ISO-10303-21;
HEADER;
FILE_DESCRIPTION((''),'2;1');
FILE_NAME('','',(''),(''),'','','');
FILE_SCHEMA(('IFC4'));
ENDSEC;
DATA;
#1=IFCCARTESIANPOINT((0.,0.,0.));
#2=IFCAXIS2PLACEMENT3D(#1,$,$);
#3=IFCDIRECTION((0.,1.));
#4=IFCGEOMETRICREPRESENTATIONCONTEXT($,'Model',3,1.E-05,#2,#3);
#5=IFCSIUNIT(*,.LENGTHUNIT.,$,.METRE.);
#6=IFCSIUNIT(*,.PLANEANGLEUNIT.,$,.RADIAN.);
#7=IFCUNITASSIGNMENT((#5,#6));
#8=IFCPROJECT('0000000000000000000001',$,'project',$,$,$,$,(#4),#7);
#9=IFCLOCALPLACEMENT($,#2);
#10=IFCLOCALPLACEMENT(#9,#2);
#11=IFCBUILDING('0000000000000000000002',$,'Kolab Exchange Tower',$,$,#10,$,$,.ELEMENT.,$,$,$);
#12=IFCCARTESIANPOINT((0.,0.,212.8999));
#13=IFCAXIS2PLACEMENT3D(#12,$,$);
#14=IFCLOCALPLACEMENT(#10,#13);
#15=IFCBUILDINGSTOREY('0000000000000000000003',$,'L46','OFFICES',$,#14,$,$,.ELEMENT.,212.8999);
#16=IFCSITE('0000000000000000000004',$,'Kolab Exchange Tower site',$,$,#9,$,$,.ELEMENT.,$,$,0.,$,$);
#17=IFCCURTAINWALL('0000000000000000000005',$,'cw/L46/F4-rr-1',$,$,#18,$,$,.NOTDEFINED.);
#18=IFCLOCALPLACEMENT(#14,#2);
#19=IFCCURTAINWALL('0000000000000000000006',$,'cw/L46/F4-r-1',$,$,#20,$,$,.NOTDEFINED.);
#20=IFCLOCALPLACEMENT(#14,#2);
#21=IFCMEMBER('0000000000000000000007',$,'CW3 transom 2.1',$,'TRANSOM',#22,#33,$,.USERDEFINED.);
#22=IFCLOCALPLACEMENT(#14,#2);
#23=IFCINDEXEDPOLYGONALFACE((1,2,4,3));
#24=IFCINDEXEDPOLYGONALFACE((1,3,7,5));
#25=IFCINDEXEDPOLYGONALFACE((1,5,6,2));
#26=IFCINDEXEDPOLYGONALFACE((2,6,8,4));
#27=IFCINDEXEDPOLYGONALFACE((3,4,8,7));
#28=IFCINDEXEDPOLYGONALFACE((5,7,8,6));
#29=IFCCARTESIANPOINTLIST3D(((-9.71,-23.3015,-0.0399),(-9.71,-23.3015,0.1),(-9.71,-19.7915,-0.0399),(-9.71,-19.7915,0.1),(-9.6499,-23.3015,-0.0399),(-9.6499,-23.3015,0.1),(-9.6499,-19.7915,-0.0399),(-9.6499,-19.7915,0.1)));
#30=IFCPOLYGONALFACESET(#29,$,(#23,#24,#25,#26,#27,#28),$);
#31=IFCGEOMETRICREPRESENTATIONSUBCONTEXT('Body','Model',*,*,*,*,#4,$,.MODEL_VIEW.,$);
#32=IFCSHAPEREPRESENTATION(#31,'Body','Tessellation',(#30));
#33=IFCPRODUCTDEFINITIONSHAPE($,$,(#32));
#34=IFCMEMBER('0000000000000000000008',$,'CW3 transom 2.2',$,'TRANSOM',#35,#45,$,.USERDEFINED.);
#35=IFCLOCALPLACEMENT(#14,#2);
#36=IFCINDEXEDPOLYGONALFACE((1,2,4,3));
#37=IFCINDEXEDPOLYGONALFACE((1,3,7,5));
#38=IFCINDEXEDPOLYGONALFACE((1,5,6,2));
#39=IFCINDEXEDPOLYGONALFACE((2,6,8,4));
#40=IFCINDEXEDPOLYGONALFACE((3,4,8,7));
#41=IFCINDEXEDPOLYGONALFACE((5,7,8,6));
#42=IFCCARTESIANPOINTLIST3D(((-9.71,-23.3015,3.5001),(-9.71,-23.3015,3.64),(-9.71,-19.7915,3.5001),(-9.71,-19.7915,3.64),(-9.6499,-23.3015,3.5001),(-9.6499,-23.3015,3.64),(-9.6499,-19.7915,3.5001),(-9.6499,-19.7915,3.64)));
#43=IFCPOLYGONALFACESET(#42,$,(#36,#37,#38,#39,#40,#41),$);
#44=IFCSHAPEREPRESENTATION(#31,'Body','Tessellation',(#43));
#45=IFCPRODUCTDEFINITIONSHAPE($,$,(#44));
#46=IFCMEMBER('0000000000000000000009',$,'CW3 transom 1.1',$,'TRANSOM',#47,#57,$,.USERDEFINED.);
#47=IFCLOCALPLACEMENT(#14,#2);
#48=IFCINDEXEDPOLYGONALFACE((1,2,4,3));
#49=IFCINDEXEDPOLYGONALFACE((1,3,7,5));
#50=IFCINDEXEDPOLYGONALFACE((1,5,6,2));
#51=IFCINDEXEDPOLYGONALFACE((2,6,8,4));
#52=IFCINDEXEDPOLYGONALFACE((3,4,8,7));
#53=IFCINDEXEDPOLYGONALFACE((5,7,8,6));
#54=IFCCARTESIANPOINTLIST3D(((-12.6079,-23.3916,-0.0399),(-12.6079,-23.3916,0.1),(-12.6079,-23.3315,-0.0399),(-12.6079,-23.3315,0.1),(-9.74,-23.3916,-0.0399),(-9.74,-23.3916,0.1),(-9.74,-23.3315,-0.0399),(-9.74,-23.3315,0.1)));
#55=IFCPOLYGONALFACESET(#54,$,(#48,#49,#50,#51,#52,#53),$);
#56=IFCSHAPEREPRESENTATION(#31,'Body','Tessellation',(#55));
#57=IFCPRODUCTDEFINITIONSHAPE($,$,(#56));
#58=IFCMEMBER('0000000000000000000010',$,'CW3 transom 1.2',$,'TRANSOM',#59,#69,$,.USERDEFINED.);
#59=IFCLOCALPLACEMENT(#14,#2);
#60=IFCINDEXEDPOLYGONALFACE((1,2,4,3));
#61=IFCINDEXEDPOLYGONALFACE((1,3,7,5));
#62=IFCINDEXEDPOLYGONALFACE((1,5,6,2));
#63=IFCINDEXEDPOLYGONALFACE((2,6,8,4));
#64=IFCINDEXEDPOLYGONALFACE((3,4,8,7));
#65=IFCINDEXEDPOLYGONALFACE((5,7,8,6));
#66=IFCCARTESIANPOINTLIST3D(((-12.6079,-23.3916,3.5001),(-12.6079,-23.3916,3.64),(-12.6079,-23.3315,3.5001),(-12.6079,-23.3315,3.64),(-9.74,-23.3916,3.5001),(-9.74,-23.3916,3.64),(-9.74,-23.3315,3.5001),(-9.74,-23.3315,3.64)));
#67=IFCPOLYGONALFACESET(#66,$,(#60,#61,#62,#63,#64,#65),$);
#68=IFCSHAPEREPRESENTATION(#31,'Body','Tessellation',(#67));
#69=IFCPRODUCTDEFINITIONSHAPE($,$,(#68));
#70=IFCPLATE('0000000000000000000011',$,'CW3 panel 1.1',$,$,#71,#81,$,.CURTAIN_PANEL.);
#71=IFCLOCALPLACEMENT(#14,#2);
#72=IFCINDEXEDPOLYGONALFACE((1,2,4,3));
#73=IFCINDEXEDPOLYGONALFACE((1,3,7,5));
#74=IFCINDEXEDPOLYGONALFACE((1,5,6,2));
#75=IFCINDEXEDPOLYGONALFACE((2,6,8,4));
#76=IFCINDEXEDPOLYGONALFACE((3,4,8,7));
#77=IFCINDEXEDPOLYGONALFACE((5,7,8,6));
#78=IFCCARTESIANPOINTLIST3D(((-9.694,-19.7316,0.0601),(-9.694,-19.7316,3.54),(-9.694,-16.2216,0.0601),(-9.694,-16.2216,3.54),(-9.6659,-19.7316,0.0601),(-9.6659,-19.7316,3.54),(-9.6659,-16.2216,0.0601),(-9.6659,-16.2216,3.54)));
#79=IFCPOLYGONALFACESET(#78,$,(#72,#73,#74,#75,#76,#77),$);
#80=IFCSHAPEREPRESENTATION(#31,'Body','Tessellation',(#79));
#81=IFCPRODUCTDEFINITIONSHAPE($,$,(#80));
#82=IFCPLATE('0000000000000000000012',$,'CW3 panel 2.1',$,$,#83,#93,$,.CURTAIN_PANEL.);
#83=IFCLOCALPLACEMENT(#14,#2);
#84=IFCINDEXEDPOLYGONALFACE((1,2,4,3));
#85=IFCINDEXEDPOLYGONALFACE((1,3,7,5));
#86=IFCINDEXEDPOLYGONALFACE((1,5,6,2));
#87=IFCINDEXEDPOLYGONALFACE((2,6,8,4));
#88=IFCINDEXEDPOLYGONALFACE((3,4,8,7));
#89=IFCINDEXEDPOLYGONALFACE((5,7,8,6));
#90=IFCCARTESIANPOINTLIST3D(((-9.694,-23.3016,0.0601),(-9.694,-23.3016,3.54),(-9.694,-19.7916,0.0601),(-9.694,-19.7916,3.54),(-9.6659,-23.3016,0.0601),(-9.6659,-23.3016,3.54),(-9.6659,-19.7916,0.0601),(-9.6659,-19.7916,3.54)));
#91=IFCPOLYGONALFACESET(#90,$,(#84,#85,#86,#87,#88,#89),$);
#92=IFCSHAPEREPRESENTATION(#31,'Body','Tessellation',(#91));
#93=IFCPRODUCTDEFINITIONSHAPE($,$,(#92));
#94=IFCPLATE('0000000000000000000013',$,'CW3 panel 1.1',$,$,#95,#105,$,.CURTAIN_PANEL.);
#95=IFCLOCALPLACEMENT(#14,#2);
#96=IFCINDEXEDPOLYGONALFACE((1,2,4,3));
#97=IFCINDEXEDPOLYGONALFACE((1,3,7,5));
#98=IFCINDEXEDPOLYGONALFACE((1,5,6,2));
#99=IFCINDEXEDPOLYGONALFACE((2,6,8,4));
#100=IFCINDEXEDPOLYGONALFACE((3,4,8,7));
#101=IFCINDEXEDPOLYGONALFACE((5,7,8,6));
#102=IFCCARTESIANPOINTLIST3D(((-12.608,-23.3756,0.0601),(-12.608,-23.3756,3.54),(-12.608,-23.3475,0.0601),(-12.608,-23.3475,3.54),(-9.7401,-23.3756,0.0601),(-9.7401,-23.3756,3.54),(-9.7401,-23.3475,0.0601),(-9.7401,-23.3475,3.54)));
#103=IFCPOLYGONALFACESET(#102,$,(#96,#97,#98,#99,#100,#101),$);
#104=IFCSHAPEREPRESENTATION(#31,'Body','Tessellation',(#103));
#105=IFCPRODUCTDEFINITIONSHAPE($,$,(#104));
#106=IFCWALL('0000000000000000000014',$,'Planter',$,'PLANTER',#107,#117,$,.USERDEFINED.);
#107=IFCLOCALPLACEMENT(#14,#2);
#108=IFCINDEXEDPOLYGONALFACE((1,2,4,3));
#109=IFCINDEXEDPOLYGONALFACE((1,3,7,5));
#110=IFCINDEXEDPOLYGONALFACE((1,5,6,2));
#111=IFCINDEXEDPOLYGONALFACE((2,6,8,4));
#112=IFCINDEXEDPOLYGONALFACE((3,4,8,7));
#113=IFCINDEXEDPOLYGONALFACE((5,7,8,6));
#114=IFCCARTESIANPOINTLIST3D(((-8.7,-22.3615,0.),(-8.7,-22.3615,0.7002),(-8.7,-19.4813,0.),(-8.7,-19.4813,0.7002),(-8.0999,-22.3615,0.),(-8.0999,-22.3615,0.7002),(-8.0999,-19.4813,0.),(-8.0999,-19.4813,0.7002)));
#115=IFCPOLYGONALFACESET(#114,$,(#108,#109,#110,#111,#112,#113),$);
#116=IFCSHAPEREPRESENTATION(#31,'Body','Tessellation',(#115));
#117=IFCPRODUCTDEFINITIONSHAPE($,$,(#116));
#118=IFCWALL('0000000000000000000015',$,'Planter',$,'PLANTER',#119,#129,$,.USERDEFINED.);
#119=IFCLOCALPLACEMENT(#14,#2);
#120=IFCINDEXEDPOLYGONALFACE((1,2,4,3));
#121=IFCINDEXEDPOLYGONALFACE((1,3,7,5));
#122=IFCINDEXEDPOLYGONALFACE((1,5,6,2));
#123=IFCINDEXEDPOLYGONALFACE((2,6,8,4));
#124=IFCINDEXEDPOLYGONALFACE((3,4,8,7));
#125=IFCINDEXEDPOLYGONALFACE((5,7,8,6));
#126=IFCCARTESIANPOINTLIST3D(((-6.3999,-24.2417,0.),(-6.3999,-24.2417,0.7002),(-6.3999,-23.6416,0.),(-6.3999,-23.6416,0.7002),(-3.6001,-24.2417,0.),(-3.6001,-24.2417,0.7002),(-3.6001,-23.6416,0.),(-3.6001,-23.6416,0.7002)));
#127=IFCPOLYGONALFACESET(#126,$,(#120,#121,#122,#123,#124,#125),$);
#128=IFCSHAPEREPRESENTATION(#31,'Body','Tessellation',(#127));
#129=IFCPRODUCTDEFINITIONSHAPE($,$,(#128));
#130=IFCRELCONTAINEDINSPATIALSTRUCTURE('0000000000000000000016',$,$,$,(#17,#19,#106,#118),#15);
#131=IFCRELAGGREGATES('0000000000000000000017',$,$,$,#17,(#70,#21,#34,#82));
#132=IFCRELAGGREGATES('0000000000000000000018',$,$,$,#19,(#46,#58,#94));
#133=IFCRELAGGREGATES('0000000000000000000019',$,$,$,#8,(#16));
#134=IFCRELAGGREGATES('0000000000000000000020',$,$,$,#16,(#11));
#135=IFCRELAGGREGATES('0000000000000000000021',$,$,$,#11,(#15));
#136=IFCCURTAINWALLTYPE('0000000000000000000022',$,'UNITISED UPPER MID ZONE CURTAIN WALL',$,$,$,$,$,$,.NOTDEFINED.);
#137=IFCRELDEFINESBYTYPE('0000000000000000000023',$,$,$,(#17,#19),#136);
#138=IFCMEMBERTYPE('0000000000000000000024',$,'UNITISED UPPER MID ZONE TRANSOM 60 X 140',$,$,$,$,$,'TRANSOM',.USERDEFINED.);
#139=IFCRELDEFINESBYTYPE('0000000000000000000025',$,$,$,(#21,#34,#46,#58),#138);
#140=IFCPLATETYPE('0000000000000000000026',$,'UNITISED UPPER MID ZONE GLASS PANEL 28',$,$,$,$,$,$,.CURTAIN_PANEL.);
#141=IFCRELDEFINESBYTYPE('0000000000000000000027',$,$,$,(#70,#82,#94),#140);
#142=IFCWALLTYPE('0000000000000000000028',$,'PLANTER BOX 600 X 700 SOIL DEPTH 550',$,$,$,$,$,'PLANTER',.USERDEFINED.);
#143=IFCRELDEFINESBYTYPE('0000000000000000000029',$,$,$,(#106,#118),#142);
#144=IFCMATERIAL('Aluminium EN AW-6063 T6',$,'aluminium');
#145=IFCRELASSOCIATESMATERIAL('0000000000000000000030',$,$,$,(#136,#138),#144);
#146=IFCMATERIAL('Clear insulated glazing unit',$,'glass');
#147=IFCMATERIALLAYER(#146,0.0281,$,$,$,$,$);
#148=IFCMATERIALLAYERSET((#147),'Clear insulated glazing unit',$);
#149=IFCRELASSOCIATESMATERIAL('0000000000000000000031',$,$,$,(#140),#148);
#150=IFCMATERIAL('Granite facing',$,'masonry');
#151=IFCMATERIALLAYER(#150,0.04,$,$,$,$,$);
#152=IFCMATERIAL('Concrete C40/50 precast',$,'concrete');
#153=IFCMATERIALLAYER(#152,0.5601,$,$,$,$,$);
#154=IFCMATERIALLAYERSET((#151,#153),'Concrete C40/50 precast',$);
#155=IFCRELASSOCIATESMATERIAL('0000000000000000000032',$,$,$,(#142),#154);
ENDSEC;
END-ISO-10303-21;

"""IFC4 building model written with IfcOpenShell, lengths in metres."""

from ifc_helpers import new_model, si_unit, direction, frame, frame_2d, origin, origin_2d, place, context, subcontext, project, spatial, rectangle, extrude, material, layer, layer_set, material_profile, profile_set, type_object, element, aggregate, save


model = new_model("IFC4")

# Units and contexts
model_context = context("Model", 3, precision=1e-05, world=origin(), true_north=direction((0.0, 1.0)))
body_context = subcontext(model_context, "Body", "Model", "MODEL_VIEW")
ifc_project = project(units=[si_unit("LENGTHUNIT", "METRE"), si_unit("PLANEANGLEUNIT", "RADIAN")], contexts=[model_context])

# Site, building, storey
site_placement = place(None, origin())
site = spatial("IfcSite", under=ifc_project, at=site_placement, Name="Kolab Exchange Tower site", CompositionType="ELEMENT", RefElevation=0.0)
building_placement = place(site_placement, origin())
building = spatial("IfcBuilding", under=site, at=building_placement, Name="Kolab Exchange Tower", CompositionType="ELEMENT")
storey_placement = place(building_placement, frame((0.0, 0.0, 212.8999)))
storey = spatial("IfcBuildingStorey", under=building, at=storey_placement, Name="L46", Description="OFFICES", CompositionType="ELEMENT", Elevation=212.8999)

# Curtain walls
ifc_material_1 = material(Name="Aluminium EN AW-6063 T6", Category="aluminium")
curtain_wall_type = type_object("IfcCurtainWallType", Name="UNITISED UPPER MID ZONE CURTAIN WALL", PredefinedType="NOTDEFINED", material=ifc_material_1)
curtain_wall_1_placement = place(storey_placement, origin())
curtain_wall_1 = element("IfcCurtainWall", 1, at=curtain_wall_1_placement, inside=storey, type_object=curtain_wall_type, Name="cw/L46/F4-rr-1", PredefinedType="NOTDEFINED")
curtain_wall_2_placement = place(storey_placement, origin())
curtain_wall_2 = element("IfcCurtainWall", 2, at=curtain_wall_2_placement, inside=storey, type_object=curtain_wall_type, Name="cw/L46/F4-r-1", PredefinedType="NOTDEFINED")

# Members
ifc_material_profile_1 = material_profile(ifc_material_1, rectangle(XDim=0.0601, YDim=0.1399, at=origin_2d()), Name="RECT 60X140")
ifc_profile_set_1 = profile_set([ifc_material_profile_1], Name="Aluminium EN AW-6063 T6")
member_type_1 = type_object("IfcMemberType", Name="UNITISED UPPER MID ZONE TRANSOM 60 X 140", ElementType="TRANSOM", PredefinedType="USERDEFINED", material=ifc_profile_set_1)
member_1_placement = place(storey_placement, frame((-9.6799, -19.7915, 0.03), z_axis=(0.0, -1.0, 0.0), x_axis=(1.0, 0.0, 0.0)))
member_1 = element("IfcMember", 3, at=member_1_placement, type_object=member_type_1, Name="CW3 transom 2.1", ObjectType="TRANSOM", PredefinedType="USERDEFINED", context=body_context, shape_type="SweptSolid", body=[
    extrude(rectangle(XDim=0.0601, YDim=0.1399, at=origin_2d()), origin(), (0.0, 0.0, 1.0), 3.51),
])
member_2_placement = place(storey_placement, frame((-9.6799, -19.7915, 3.5701), z_axis=(0.0, -1.0, 0.0), x_axis=(1.0, 0.0, 0.0)))
member_2 = element("IfcMember", 4, at=member_2_placement, type_object=member_type_1, Name="CW3 transom 2.2", ObjectType="TRANSOM", PredefinedType="USERDEFINED", context=body_context, shape_type="SweptSolid", body=[
    extrude(rectangle(XDim=0.0601, YDim=0.1399, at=origin_2d()), origin(), (0.0, 0.0, 1.0), 3.51),
])
member_3_placement = place(storey_placement, frame((-9.74, -23.3616, 0.03), z_axis=(-1.0, 0.0, 0.0), x_axis=(0.0, -1.0, 0.0)))
member_3 = element("IfcMember", 5, at=member_3_placement, type_object=member_type_1, Name="CW3 transom 1.1", ObjectType="TRANSOM", PredefinedType="USERDEFINED", context=body_context, shape_type="SweptSolid", body=[
    extrude(rectangle(XDim=0.0601, YDim=0.1399, at=origin_2d()), origin(), (0.0, 0.0, 1.0), 2.8679),
])
member_4_placement = place(storey_placement, frame((-9.74, -23.3616, 3.5701), z_axis=(-1.0, 0.0, 0.0), x_axis=(0.0, -1.0, 0.0)))
member_4 = element("IfcMember", 6, at=member_4_placement, type_object=member_type_1, Name="CW3 transom 1.2", ObjectType="TRANSOM", PredefinedType="USERDEFINED", context=body_context, shape_type="SweptSolid", body=[
    extrude(rectangle(XDim=0.0601, YDim=0.1399, at=origin_2d()), origin(), (0.0, 0.0, 1.0), 2.8679),
])

# Plates
ifc_material_2 = material(Name="Clear insulated glazing unit", Category="glass")
ifc_layer_1 = layer(ifc_material_2, 0.0281)
ifc_layer_set_1 = layer_set([ifc_layer_1], Name="Clear insulated glazing unit")
plate_type = type_object("IfcPlateType", Name="UNITISED UPPER MID ZONE GLASS PANEL 28", PredefinedType="CURTAIN_PANEL", material=ifc_layer_set_1)
plate_1_placement = place(storey_placement, frame((-9.6799, -17.9766, 0.0601), z_axis=(0.0, 0.0, 1.0), x_axis=(0.0, -1.0, 0.0)))
plate_1 = element("IfcPlate", 7, at=plate_1_placement, type_object=plate_type, Name="CW3 panel 1.1", PredefinedType="CURTAIN_PANEL", context=body_context, shape_type="SweptSolid", body=[
    extrude(rectangle(XDim=3.51, YDim=0.0281, at=origin_2d()), origin(), (0.0, 0.0, 1.0), 3.48),
])
plate_2_placement = place(storey_placement, frame((-9.6799, -21.5466, 0.0601), z_axis=(0.0, 0.0, 1.0), x_axis=(0.0, -1.0, 0.0)))
plate_2 = element("IfcPlate", 8, at=plate_2_placement, type_object=plate_type, Name="CW3 panel 2.1", PredefinedType="CURTAIN_PANEL", context=body_context, shape_type="SweptSolid", body=[
    extrude(rectangle(XDim=3.51, YDim=0.0281, at=origin_2d()), origin(), (0.0, 0.0, 1.0), 3.48),
])
aggregate(curtain_wall_1, [plate_1, member_1, member_2, plate_2])
plate_3_placement = place(storey_placement, frame((-11.1741, -23.3616, 0.0601), z_axis=(0.0, 0.0, 1.0), x_axis=(-1.0, 0.0, 0.0)))
plate_3 = element("IfcPlate", 9, at=plate_3_placement, type_object=plate_type, Name="CW3 panel 1.1", PredefinedType="CURTAIN_PANEL", context=body_context, shape_type="SweptSolid", body=[
    extrude(rectangle(XDim=2.8679, YDim=0.0281, at=origin_2d()), origin(), (0.0, 0.0, 1.0), 3.48),
])
aggregate(curtain_wall_2, [member_3, member_4, plate_3])

# Walls
ifc_material_3 = material(Name="Granite facing", Category="masonry")
ifc_layer_2 = layer(ifc_material_3, 0.04)
ifc_material_4 = material(Name="Concrete C40/50 precast", Category="concrete")
ifc_layer_3 = layer(ifc_material_4, 0.5601)
ifc_layer_set_2 = layer_set([ifc_layer_2, ifc_layer_3], Name="Concrete C40/50 precast")
wall_type = type_object("IfcWallType", Name="PLANTER BOX 600 X 700 SOIL DEPTH 550", ElementType="PLANTER", PredefinedType="USERDEFINED", material=ifc_layer_set_2)
wall_1_placement = place(storey_placement, frame((-8.3999, -19.4814, 0.0), z_axis=(0.0, 0.0, 1.0), x_axis=(0.0, -1.0, 0.0)))
element("IfcWall", 10, at=wall_1_placement, inside=storey, type_object=wall_type, Name="Planter", ObjectType="PLANTER", PredefinedType="USERDEFINED", context=body_context, shape_type="SweptSolid", body=[
    extrude(rectangle(XDim=2.8801, YDim=0.6001, at=frame_2d((1.4399, 0.0))), origin(), (0.0, 0.0, 1.0), 0.7002),
])
wall_2_placement = place(storey_placement, frame((-3.6001, -23.9417, 0.0), z_axis=(0.0, 0.0, 1.0), x_axis=(-1.0, 0.0, 0.0)))
element("IfcWall", 11, at=wall_2_placement, inside=storey, type_object=wall_type, Name="Planter", ObjectType="PLANTER", PredefinedType="USERDEFINED", context=body_context, shape_type="SweptSolid", body=[
    extrude(rectangle(XDim=2.7998, YDim=0.6001, at=frame_2d((1.3999, 0.0))), origin(), (0.0, 0.0, 1.0), 0.7002),
])

save(model, "model.ifc")
